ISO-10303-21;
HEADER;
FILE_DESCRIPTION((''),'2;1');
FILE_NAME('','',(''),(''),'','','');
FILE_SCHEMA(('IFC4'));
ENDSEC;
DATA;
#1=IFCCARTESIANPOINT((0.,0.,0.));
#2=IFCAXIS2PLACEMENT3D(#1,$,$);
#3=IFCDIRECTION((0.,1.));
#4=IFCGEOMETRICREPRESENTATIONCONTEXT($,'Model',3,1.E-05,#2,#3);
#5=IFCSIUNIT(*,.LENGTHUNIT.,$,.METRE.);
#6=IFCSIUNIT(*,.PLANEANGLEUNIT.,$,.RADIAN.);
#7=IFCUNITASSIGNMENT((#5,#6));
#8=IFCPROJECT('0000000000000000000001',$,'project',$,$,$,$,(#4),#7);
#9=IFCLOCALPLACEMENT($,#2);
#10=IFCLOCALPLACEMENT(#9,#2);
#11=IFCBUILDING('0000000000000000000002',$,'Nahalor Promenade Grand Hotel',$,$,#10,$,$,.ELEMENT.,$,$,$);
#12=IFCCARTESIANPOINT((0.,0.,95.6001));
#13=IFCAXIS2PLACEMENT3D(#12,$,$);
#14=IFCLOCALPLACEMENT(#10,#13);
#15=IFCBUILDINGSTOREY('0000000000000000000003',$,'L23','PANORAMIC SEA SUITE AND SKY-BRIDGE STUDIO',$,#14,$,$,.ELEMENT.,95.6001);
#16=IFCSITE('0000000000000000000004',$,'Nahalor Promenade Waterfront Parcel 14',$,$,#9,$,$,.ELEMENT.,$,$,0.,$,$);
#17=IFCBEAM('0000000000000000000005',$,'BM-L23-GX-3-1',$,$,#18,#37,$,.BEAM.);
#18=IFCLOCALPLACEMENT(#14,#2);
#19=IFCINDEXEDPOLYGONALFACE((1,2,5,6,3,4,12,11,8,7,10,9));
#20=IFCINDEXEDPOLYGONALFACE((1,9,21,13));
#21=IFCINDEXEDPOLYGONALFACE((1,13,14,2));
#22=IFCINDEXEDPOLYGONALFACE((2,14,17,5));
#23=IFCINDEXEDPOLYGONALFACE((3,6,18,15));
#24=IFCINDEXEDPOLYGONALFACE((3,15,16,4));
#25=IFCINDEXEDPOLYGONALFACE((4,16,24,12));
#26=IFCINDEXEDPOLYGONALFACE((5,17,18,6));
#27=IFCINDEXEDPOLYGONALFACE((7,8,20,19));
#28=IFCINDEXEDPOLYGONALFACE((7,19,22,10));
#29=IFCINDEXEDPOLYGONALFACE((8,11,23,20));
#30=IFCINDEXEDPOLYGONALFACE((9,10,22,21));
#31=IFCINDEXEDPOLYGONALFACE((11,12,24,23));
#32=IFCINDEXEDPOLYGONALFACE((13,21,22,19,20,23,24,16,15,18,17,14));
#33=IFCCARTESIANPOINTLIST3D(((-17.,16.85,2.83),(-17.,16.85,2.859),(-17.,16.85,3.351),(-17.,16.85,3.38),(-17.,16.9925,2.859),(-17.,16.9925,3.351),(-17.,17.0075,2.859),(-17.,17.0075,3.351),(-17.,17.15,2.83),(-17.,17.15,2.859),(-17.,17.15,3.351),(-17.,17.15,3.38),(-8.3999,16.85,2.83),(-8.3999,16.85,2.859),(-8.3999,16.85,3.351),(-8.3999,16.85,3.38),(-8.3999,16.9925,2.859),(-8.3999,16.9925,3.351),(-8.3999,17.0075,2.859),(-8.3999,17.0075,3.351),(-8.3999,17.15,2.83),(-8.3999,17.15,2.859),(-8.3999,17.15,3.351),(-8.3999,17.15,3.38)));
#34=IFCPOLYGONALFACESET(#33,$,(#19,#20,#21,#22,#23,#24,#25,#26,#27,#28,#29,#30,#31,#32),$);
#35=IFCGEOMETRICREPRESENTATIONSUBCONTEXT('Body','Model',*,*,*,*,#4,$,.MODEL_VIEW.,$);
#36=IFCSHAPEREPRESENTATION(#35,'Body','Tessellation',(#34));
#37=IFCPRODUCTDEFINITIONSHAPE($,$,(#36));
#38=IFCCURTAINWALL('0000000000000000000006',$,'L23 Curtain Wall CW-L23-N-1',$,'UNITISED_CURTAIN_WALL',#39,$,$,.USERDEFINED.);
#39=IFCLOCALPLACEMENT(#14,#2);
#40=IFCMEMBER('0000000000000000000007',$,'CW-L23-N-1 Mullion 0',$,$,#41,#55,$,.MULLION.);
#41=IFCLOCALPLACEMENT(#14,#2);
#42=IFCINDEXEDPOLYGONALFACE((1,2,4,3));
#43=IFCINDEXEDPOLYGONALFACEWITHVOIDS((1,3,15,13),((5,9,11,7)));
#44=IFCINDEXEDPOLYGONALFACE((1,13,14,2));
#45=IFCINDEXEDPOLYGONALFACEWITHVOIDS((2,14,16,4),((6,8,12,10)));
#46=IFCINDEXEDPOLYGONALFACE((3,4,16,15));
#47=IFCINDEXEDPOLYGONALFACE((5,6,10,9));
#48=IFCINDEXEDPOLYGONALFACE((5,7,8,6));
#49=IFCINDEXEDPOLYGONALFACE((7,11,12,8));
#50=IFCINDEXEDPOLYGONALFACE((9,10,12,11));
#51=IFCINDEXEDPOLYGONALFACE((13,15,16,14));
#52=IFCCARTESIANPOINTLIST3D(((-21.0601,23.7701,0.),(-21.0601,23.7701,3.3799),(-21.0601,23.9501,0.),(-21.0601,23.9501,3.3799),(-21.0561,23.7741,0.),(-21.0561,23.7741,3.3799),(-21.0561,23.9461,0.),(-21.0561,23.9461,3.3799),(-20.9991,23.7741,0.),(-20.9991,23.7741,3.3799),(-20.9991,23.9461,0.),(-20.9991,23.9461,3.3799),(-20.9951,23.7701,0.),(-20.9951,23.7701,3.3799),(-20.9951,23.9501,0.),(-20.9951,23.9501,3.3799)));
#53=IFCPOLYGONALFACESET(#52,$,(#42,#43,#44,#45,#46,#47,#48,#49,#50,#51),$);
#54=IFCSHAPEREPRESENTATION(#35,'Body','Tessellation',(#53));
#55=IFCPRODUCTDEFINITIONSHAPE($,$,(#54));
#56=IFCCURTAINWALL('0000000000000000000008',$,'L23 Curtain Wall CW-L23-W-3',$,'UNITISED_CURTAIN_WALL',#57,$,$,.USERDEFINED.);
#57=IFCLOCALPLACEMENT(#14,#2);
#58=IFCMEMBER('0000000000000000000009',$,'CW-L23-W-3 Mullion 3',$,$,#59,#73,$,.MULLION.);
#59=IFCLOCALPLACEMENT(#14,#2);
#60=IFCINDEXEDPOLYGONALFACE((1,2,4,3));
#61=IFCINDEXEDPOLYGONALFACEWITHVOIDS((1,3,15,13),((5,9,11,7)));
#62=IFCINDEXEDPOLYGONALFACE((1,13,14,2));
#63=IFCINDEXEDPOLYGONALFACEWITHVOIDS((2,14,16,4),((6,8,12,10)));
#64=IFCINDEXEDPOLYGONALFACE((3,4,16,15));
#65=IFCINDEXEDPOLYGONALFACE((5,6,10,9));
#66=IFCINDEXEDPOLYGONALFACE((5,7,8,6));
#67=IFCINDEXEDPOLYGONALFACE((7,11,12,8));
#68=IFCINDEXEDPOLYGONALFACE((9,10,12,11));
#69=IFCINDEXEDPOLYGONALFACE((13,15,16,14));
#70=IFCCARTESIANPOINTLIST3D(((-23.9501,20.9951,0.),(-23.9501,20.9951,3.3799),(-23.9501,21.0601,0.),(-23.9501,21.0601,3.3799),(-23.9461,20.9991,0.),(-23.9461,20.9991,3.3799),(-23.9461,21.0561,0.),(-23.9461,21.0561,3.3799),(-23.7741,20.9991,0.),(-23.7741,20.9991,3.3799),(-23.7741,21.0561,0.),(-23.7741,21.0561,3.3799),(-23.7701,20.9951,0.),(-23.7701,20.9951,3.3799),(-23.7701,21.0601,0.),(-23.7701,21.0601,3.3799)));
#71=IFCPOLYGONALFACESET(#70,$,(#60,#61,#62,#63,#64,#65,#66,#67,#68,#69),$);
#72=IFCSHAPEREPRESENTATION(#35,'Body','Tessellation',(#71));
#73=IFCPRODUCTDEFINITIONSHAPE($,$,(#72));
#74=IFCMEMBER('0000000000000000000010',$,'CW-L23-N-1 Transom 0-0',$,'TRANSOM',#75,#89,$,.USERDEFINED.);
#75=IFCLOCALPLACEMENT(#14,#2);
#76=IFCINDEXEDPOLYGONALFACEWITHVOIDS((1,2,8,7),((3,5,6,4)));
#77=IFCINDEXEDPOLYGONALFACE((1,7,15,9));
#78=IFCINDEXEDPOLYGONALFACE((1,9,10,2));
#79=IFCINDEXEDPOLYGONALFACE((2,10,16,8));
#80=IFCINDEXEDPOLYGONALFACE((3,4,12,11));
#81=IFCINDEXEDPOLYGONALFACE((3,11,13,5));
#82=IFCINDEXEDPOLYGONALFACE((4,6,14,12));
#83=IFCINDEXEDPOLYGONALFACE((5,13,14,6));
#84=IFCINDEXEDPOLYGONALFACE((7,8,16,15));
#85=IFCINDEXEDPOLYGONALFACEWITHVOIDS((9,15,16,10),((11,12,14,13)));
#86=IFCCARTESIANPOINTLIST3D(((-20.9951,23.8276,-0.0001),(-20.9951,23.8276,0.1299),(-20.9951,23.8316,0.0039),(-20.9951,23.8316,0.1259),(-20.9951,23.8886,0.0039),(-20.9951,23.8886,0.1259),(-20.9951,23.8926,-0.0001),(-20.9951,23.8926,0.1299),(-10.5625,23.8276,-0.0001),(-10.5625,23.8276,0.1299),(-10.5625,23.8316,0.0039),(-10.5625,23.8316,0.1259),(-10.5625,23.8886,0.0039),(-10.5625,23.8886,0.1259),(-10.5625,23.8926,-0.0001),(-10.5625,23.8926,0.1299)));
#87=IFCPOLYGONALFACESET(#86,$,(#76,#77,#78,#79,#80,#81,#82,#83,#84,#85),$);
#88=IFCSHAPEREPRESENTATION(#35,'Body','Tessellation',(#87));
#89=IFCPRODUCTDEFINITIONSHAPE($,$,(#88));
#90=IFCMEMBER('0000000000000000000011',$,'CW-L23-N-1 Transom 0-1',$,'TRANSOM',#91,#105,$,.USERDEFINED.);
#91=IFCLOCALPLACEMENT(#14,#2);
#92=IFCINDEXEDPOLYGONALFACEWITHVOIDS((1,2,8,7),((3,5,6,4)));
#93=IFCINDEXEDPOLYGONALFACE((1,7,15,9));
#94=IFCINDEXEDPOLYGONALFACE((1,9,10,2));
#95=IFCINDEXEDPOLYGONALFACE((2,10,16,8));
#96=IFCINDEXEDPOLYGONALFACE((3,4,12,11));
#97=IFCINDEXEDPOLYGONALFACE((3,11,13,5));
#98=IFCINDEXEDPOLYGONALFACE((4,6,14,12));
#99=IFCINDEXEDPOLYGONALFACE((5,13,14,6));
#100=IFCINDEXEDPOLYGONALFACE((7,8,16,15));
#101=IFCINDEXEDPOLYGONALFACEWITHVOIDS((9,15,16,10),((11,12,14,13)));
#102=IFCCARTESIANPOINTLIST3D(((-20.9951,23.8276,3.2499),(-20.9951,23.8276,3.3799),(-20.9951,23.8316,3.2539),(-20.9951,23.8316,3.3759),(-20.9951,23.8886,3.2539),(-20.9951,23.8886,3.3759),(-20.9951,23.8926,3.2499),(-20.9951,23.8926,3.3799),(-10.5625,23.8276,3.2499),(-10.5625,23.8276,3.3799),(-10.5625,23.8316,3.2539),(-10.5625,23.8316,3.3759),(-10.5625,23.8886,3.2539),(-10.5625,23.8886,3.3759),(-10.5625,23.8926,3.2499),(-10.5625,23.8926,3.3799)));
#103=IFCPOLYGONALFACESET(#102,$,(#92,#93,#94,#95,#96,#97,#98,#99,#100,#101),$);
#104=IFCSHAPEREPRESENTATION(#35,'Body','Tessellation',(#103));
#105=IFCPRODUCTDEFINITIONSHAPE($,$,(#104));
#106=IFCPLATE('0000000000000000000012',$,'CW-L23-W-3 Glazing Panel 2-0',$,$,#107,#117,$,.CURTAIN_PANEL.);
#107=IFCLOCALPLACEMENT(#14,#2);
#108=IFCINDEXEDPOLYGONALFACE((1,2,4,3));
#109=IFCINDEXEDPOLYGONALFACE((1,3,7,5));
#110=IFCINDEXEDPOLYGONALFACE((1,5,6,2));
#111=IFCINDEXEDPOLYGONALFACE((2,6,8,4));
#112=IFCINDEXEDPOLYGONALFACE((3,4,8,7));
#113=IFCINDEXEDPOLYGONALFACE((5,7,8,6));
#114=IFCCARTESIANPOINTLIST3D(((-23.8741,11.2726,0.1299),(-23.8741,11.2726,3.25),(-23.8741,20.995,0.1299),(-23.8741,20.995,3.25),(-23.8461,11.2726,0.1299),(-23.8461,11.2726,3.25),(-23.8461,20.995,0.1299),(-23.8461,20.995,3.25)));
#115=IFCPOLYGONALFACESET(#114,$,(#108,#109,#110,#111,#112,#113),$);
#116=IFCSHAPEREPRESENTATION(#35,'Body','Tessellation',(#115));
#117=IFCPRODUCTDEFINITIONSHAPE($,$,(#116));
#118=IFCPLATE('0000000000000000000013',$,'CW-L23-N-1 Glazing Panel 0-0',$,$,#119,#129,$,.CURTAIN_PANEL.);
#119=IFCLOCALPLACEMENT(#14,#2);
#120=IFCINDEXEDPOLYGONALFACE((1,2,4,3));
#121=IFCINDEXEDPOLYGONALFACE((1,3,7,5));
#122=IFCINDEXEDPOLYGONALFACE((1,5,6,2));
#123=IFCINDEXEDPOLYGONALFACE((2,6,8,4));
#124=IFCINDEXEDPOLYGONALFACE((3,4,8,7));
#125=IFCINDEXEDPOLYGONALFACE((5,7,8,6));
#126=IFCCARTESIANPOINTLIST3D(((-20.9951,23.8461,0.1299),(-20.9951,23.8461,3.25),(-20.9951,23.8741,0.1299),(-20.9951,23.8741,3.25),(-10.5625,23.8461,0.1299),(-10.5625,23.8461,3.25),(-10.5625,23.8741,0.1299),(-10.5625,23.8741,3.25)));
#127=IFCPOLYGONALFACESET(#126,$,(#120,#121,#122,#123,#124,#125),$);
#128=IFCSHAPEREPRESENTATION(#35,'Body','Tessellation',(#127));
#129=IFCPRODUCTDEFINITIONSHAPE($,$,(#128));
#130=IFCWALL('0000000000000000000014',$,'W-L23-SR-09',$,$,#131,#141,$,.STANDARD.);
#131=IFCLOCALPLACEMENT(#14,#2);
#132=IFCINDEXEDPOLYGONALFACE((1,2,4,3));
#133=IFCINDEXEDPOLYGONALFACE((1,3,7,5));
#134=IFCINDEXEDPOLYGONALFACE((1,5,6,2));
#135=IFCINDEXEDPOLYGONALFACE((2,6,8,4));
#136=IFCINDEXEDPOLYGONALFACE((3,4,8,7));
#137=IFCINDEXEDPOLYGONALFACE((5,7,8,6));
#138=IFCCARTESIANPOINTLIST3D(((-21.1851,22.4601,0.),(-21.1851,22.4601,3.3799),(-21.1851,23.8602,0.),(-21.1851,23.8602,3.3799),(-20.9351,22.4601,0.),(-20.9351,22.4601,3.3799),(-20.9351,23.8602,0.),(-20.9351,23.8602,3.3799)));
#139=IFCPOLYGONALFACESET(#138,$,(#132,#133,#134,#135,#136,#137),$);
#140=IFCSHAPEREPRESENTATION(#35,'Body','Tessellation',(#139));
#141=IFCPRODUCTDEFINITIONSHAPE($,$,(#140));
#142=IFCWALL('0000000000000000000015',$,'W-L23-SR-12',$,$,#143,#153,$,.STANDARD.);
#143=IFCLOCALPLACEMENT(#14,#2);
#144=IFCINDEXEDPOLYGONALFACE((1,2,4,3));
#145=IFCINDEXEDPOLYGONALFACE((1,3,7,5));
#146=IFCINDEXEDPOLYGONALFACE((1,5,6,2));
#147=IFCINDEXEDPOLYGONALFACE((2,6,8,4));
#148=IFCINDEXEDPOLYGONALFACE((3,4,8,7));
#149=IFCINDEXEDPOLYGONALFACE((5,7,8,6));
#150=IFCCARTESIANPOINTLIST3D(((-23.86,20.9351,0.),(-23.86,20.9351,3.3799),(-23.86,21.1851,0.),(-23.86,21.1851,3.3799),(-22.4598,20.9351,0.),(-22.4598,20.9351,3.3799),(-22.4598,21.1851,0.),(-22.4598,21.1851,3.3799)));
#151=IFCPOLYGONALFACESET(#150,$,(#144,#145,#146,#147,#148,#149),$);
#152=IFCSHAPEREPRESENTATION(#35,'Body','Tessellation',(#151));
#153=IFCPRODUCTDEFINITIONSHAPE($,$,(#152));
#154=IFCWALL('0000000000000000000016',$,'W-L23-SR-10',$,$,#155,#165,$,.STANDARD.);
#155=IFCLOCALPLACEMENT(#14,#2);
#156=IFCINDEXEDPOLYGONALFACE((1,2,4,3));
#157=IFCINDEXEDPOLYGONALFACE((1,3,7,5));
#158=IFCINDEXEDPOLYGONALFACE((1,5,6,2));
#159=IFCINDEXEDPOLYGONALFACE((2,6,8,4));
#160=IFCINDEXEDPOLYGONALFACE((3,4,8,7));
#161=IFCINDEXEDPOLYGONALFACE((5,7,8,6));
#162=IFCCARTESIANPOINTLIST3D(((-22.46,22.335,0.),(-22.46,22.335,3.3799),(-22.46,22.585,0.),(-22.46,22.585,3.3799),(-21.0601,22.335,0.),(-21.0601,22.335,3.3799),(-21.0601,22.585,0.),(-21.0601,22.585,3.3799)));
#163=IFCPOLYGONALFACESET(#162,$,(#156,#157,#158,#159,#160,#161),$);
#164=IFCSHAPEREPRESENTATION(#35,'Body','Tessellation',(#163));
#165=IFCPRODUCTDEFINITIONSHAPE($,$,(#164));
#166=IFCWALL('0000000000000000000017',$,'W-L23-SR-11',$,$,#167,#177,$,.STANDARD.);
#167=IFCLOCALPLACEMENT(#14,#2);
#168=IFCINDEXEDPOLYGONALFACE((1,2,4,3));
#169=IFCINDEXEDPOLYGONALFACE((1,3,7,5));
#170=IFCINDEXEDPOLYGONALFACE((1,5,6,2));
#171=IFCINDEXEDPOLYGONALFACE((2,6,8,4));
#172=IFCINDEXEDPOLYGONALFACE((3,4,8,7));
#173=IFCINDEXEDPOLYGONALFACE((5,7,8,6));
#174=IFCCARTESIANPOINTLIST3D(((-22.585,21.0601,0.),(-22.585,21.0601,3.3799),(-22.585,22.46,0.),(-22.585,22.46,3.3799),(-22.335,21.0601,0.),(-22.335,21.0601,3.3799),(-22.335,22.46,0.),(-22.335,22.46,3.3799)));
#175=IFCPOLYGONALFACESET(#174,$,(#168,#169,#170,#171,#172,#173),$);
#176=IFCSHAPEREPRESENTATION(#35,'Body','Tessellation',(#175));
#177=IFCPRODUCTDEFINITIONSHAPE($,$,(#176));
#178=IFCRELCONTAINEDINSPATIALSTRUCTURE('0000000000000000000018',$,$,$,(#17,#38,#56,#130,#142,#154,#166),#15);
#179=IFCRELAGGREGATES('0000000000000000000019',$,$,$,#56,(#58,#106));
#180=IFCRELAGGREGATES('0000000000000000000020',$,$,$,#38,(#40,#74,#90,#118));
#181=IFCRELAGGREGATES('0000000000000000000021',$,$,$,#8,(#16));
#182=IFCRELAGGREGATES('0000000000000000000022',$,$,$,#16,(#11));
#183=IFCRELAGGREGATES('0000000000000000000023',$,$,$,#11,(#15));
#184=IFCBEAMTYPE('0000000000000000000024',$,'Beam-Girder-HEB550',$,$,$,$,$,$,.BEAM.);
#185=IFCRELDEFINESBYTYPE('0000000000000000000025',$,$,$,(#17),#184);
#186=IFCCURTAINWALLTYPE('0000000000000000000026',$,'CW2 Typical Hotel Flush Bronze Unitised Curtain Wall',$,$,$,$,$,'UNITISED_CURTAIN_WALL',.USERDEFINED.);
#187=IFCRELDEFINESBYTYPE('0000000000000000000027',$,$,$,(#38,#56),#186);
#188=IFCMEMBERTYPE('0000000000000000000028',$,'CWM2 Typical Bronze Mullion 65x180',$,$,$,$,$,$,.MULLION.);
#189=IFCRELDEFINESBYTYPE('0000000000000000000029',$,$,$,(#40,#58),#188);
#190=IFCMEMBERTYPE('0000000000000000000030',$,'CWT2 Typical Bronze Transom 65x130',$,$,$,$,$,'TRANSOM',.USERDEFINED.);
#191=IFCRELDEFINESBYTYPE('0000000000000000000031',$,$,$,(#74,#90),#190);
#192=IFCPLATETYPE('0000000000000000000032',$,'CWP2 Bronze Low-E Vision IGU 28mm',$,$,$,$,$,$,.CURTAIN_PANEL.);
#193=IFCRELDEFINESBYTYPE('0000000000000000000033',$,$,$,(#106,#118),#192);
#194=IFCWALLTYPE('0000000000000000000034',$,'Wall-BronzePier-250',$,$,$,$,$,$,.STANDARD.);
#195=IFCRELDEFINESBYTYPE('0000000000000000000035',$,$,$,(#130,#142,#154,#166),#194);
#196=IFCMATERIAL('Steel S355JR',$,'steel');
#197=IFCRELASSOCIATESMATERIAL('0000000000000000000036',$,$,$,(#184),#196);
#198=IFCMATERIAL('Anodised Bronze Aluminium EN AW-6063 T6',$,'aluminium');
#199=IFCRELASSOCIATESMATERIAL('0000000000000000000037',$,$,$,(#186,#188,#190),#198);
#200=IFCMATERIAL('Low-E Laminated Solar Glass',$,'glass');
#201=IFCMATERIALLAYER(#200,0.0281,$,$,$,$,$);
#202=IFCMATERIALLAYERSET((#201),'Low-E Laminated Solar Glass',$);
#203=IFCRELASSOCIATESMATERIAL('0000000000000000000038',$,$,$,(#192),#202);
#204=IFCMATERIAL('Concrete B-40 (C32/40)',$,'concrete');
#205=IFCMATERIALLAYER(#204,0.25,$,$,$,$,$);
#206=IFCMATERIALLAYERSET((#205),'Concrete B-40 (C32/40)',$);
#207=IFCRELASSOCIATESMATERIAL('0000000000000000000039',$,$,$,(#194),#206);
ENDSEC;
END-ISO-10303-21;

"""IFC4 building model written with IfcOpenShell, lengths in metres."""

from ifc_helpers import new_model, si_unit, direction, frame, frame_2d, origin, origin_2d, place, context, subcontext, project, spatial, rectangle, hollow_rectangle, i_section, extrude, source, transform, mapped, material, layer, layer_set, material_profile, profile_set, type_object, element, aggregate, save


model = new_model("IFC4")

# Units and contexts
model_context = context("Model", 3, precision=1e-05, world=origin(), true_north=direction((0.0, 1.0)))
body_context = subcontext(model_context, "Body", "Model", "MODEL_VIEW")
ifc_project = project(units=[si_unit("LENGTHUNIT", "METRE"), si_unit("PLANEANGLEUNIT", "RADIAN")], contexts=[model_context])

# Site, building, storey
site_placement = place(None, origin())
site = spatial("IfcSite", under=ifc_project, at=site_placement, Name="Nahalor Promenade Waterfront Parcel 14", CompositionType="ELEMENT", RefElevation=0.0)
building_placement = place(site_placement, origin())
building = spatial("IfcBuilding", under=site, at=building_placement, Name="Nahalor Promenade Grand Hotel", CompositionType="ELEMENT")
storey_placement = place(building_placement, frame((0.0, 0.0, 95.6001)))
storey = spatial("IfcBuildingStorey", under=building, at=storey_placement, Name="L23", Description="PANORAMIC SEA SUITE AND SKY-BRIDGE STUDIO", CompositionType="ELEMENT", Elevation=95.6001)

# Beam
ifc_material_1 = material(Name="Steel S355JR", Category="steel")
ifc_material_profile_1 = material_profile(ifc_material_1, i_section(OverallWidth=0.3, OverallDepth=0.55, WebThickness=0.015, FlangeThickness=0.029, at=origin_2d()), Name="HEB 550")
ifc_profile_set_1 = profile_set([ifc_material_profile_1], Name="Steel S355JR")
beam_type_1 = type_object("IfcBeamType", Name="Beam-Girder-HEB550", PredefinedType="BEAM", material=ifc_profile_set_1)
shared_shape_1 = source(origin(), body_context, "Body", "SweptSolid", [
    extrude(i_section(OverallWidth=0.3, OverallDepth=0.55, WebThickness=0.015, FlangeThickness=0.029, at=origin_2d()), origin(), (0.0, 0.0, 1.0), 8.6001),
])
beam_1_placement = place(storey_placement, frame((-17.0, 17.0, 3.105), z_axis=(1.0, 0.0, 0.0), x_axis=(0.0, 1.0, 0.0)))
element("IfcBeam", 1, at=beam_1_placement, inside=storey, type_object=beam_type_1, Name="BM-L23-GX-3-1", PredefinedType="BEAM", context=body_context, shape_type="MappedRepresentation", body=[
    mapped(shared_shape_1, transform((0.0, 0.0, 0.0), scale=1.0)),
])

# Curtain walls, members
ifc_material_2 = material(Name="Anodised Bronze Aluminium EN AW-6063 T6", Category="aluminium")
curtain_wall_type = type_object("IfcCurtainWallType", Name="CW2 Typical Hotel Flush Bronze Unitised Curtain Wall", ElementType="UNITISED_CURTAIN_WALL", PredefinedType="USERDEFINED", material=ifc_material_2)
curtain_wall_1_placement = place(storey_placement, origin())
curtain_wall_1 = element("IfcCurtainWall", 2, at=curtain_wall_1_placement, inside=storey, type_object=curtain_wall_type, Name="L23 Curtain Wall CW-L23-N-1", ObjectType="UNITISED_CURTAIN_WALL", PredefinedType="USERDEFINED")
ifc_material_profile_2 = material_profile(ifc_material_2, hollow_rectangle(XDim=0.065, YDim=0.18, WallThickness=0.004, at=origin_2d()), Name="CWM 65x180x4")
ifc_profile_set_2 = profile_set([ifc_material_profile_2], Name="Anodised Bronze Aluminium EN AW-6063 T6")
member_type_1 = type_object("IfcMemberType", Name="CWM2 Typical Bronze Mullion 65x180", PredefinedType="MULLION", material=ifc_profile_set_2)
shared_shape_2 = source(origin(), body_context, "Body", "SweptSolid", [
    extrude(hollow_rectangle(XDim=0.065, YDim=0.18, WallThickness=0.004, at=origin_2d()), origin(), (0.0, 0.0, 1.0), 3.3799),
])
member_1_placement = place(storey_placement, frame((-21.0276, 23.8601, 0.0), z_axis=(0.0, 0.0, 1.0), x_axis=(1.0, 0.0, 0.0)))
member_1 = element("IfcMember", 3, at=member_1_placement, type_object=member_type_1, Name="CW-L23-N-1 Mullion 0", PredefinedType="MULLION", context=body_context, shape_type="MappedRepresentation", body=[
    mapped(shared_shape_2, transform((0.0, 0.0, 0.0), scale=1.0)),
])
curtain_wall_2_placement = place(storey_placement, origin())
curtain_wall_2 = element("IfcCurtainWall", 4, at=curtain_wall_2_placement, inside=storey, type_object=curtain_wall_type, Name="L23 Curtain Wall CW-L23-W-3", ObjectType="UNITISED_CURTAIN_WALL", PredefinedType="USERDEFINED")
member_2_placement = place(storey_placement, frame((-23.8601, 21.0276, 0.0), z_axis=(0.0, 0.0, 1.0), x_axis=(0.0, 1.0, 0.0)))
member_2 = element("IfcMember", 5, at=member_2_placement, type_object=member_type_1, Name="CW-L23-W-3 Mullion 3", PredefinedType="MULLION", context=body_context, shape_type="MappedRepresentation", body=[
    mapped(shared_shape_2, transform((0.0, 0.0, 0.0), scale=1.0)),
])

# Members
ifc_material_profile_3 = material_profile(ifc_material_2, hollow_rectangle(XDim=0.065, YDim=0.13, WallThickness=0.004, at=origin_2d()), Name="CWT 65x130x4")
ifc_profile_set_3 = profile_set([ifc_material_profile_3], Name="Anodised Bronze Aluminium EN AW-6063 T6")
member_type_2 = type_object("IfcMemberType", Name="CWT2 Typical Bronze Transom 65x130", ElementType="TRANSOM", PredefinedType="USERDEFINED", material=ifc_profile_set_3)
shared_shape_3 = source(origin(), body_context, "Body", "SweptSolid", [
    extrude(hollow_rectangle(XDim=0.065, YDim=0.13, WallThickness=0.004, at=origin_2d()), origin(), (0.0, 0.0, 1.0), 10.4326),
])
member_3_placement = place(storey_placement, frame((-20.9951, 23.8601, 0.0649), z_axis=(1.0, 0.0, 0.0), x_axis=(0.0, 1.0, 0.0)))
member_3 = element("IfcMember", 6, at=member_3_placement, type_object=member_type_2, Name="CW-L23-N-1 Transom 0-0", ObjectType="TRANSOM", PredefinedType="USERDEFINED", context=body_context, shape_type="MappedRepresentation", body=[
    mapped(shared_shape_3, transform((0.0, 0.0, 0.0), scale=1.0)),
])
member_4_placement = place(storey_placement, frame((-20.9951, 23.8601, 3.3149), z_axis=(1.0, 0.0, 0.0), x_axis=(0.0, 1.0, 0.0)))
member_4 = element("IfcMember", 7, at=member_4_placement, type_object=member_type_2, Name="CW-L23-N-1 Transom 0-1", ObjectType="TRANSOM", PredefinedType="USERDEFINED", context=body_context, shape_type="MappedRepresentation", body=[
    mapped(shared_shape_3, transform((0.0, 0.0, 0.0), scale=1.0)),
])

# Plates
ifc_material_3 = material(Name="Low-E Laminated Solar Glass", Category="glass")
ifc_layer_1 = layer(ifc_material_3, 0.0281)
ifc_layer_set_1 = layer_set([ifc_layer_1], Name="Low-E Laminated Solar Glass")
plate_type = type_object("IfcPlateType", Name="CWP2 Bronze Low-E Vision IGU 28mm", PredefinedType="CURTAIN_PANEL", material=ifc_layer_set_1)
shared_shape_4 = source(origin(), body_context, "Body", "SweptSolid", [
    extrude(rectangle(XDim=9.7224, YDim=0.0281, at=origin_2d()), origin(), (0.0, 0.0, 1.0), 3.1201),
])
plate_1_placement = place(storey_placement, frame((-23.8601, 16.1338, 0.1299), z_axis=(0.0, 0.0, 1.0), x_axis=(0.0, 1.0, 0.0)))
plate_1 = element("IfcPlate", 8, at=plate_1_placement, type_object=plate_type, Name="CW-L23-W-3 Glazing Panel 2-0", PredefinedType="CURTAIN_PANEL", context=body_context, shape_type="MappedRepresentation", body=[
    mapped(shared_shape_4, transform((0.0, 0.0, 0.0), scale=1.0)),
])
aggregate(curtain_wall_2, [member_2, plate_1])
shared_shape_5 = source(origin(), body_context, "Body", "SweptSolid", [
    extrude(rectangle(XDim=10.4326, YDim=0.0281, at=origin_2d()), origin(), (0.0, 0.0, 1.0), 3.1201),
])
plate_2_placement = place(storey_placement, frame((-15.7788, 23.8601, 0.1299), z_axis=(0.0, 0.0, 1.0), x_axis=(1.0, 0.0, 0.0)))
plate_2 = element("IfcPlate", 9, at=plate_2_placement, type_object=plate_type, Name="CW-L23-N-1 Glazing Panel 0-0", PredefinedType="CURTAIN_PANEL", context=body_context, shape_type="MappedRepresentation", body=[
    mapped(shared_shape_5, transform((0.0, 0.0, 0.0), scale=1.0)),
])
aggregate(curtain_wall_1, [member_1, member_3, member_4, plate_2])

# Walls
ifc_material_4 = material(Name="Concrete B-40 (C32/40)", Category="concrete")
ifc_layer_2 = layer(ifc_material_4, 0.25)
ifc_layer_set_2 = layer_set([ifc_layer_2], Name="Concrete B-40 (C32/40)")
wall_type_1 = type_object("IfcWallType", Name="Wall-BronzePier-250", PredefinedType="STANDARD", material=ifc_layer_set_2)
shared_shape_6 = source(origin(), body_context, "Body", "SweptSolid", [
    extrude(rectangle(XDim=1.4001, YDim=0.25, at=frame_2d((0.7002, 0.0))), origin(), (0.0, 0.0, 1.0), 3.3799),
])
for number, where, z_axis, x_axis, name in (
    (10, (-21.0601, 22.46, 0.0), (0.0, 0.0, 1.0), (0.0, 1.0, 0.0), "W-L23-SR-09"),
    (11, (-23.8601, 21.0601, 0.0), (0.0, 0.0, 1.0), (1.0, 0.0, 0.0), "W-L23-SR-12"),
):
    element("IfcWall", number, at=place(storey_placement, frame(where, z_axis=z_axis, x_axis=x_axis)), inside=storey, type_object=wall_type_1, Name=name, PredefinedType="STANDARD", context=body_context, shape_type="MappedRepresentation", body=[
        mapped(shared_shape_6, transform((0.0, 0.0, 0.0), scale=1.0)),
    ])
shared_shape_7 = source(origin(), body_context, "Body", "SweptSolid", [
    extrude(rectangle(XDim=1.3999, YDim=0.25, at=frame_2d((0.7, 0.0))), origin(), (0.0, 0.0, 1.0), 3.3799),
])
for number, where, z_axis, x_axis, name in (
    (12, (-22.46, 22.46, 0.0), (0.0, 0.0, 1.0), (1.0, 0.0, 0.0), "W-L23-SR-10"),
    (13, (-22.46, 21.0601, 0.0), (0.0, 0.0, 1.0), (0.0, 1.0, 0.0), "W-L23-SR-11"),
):
    element("IfcWall", number, at=place(storey_placement, frame(where, z_axis=z_axis, x_axis=x_axis)), inside=storey, type_object=wall_type_1, Name=name, PredefinedType="STANDARD", context=body_context, shape_type="MappedRepresentation", body=[
        mapped(shared_shape_7, transform((0.0, 0.0, 0.0), scale=1.0)),
    ])

save(model, "model.ifc")
